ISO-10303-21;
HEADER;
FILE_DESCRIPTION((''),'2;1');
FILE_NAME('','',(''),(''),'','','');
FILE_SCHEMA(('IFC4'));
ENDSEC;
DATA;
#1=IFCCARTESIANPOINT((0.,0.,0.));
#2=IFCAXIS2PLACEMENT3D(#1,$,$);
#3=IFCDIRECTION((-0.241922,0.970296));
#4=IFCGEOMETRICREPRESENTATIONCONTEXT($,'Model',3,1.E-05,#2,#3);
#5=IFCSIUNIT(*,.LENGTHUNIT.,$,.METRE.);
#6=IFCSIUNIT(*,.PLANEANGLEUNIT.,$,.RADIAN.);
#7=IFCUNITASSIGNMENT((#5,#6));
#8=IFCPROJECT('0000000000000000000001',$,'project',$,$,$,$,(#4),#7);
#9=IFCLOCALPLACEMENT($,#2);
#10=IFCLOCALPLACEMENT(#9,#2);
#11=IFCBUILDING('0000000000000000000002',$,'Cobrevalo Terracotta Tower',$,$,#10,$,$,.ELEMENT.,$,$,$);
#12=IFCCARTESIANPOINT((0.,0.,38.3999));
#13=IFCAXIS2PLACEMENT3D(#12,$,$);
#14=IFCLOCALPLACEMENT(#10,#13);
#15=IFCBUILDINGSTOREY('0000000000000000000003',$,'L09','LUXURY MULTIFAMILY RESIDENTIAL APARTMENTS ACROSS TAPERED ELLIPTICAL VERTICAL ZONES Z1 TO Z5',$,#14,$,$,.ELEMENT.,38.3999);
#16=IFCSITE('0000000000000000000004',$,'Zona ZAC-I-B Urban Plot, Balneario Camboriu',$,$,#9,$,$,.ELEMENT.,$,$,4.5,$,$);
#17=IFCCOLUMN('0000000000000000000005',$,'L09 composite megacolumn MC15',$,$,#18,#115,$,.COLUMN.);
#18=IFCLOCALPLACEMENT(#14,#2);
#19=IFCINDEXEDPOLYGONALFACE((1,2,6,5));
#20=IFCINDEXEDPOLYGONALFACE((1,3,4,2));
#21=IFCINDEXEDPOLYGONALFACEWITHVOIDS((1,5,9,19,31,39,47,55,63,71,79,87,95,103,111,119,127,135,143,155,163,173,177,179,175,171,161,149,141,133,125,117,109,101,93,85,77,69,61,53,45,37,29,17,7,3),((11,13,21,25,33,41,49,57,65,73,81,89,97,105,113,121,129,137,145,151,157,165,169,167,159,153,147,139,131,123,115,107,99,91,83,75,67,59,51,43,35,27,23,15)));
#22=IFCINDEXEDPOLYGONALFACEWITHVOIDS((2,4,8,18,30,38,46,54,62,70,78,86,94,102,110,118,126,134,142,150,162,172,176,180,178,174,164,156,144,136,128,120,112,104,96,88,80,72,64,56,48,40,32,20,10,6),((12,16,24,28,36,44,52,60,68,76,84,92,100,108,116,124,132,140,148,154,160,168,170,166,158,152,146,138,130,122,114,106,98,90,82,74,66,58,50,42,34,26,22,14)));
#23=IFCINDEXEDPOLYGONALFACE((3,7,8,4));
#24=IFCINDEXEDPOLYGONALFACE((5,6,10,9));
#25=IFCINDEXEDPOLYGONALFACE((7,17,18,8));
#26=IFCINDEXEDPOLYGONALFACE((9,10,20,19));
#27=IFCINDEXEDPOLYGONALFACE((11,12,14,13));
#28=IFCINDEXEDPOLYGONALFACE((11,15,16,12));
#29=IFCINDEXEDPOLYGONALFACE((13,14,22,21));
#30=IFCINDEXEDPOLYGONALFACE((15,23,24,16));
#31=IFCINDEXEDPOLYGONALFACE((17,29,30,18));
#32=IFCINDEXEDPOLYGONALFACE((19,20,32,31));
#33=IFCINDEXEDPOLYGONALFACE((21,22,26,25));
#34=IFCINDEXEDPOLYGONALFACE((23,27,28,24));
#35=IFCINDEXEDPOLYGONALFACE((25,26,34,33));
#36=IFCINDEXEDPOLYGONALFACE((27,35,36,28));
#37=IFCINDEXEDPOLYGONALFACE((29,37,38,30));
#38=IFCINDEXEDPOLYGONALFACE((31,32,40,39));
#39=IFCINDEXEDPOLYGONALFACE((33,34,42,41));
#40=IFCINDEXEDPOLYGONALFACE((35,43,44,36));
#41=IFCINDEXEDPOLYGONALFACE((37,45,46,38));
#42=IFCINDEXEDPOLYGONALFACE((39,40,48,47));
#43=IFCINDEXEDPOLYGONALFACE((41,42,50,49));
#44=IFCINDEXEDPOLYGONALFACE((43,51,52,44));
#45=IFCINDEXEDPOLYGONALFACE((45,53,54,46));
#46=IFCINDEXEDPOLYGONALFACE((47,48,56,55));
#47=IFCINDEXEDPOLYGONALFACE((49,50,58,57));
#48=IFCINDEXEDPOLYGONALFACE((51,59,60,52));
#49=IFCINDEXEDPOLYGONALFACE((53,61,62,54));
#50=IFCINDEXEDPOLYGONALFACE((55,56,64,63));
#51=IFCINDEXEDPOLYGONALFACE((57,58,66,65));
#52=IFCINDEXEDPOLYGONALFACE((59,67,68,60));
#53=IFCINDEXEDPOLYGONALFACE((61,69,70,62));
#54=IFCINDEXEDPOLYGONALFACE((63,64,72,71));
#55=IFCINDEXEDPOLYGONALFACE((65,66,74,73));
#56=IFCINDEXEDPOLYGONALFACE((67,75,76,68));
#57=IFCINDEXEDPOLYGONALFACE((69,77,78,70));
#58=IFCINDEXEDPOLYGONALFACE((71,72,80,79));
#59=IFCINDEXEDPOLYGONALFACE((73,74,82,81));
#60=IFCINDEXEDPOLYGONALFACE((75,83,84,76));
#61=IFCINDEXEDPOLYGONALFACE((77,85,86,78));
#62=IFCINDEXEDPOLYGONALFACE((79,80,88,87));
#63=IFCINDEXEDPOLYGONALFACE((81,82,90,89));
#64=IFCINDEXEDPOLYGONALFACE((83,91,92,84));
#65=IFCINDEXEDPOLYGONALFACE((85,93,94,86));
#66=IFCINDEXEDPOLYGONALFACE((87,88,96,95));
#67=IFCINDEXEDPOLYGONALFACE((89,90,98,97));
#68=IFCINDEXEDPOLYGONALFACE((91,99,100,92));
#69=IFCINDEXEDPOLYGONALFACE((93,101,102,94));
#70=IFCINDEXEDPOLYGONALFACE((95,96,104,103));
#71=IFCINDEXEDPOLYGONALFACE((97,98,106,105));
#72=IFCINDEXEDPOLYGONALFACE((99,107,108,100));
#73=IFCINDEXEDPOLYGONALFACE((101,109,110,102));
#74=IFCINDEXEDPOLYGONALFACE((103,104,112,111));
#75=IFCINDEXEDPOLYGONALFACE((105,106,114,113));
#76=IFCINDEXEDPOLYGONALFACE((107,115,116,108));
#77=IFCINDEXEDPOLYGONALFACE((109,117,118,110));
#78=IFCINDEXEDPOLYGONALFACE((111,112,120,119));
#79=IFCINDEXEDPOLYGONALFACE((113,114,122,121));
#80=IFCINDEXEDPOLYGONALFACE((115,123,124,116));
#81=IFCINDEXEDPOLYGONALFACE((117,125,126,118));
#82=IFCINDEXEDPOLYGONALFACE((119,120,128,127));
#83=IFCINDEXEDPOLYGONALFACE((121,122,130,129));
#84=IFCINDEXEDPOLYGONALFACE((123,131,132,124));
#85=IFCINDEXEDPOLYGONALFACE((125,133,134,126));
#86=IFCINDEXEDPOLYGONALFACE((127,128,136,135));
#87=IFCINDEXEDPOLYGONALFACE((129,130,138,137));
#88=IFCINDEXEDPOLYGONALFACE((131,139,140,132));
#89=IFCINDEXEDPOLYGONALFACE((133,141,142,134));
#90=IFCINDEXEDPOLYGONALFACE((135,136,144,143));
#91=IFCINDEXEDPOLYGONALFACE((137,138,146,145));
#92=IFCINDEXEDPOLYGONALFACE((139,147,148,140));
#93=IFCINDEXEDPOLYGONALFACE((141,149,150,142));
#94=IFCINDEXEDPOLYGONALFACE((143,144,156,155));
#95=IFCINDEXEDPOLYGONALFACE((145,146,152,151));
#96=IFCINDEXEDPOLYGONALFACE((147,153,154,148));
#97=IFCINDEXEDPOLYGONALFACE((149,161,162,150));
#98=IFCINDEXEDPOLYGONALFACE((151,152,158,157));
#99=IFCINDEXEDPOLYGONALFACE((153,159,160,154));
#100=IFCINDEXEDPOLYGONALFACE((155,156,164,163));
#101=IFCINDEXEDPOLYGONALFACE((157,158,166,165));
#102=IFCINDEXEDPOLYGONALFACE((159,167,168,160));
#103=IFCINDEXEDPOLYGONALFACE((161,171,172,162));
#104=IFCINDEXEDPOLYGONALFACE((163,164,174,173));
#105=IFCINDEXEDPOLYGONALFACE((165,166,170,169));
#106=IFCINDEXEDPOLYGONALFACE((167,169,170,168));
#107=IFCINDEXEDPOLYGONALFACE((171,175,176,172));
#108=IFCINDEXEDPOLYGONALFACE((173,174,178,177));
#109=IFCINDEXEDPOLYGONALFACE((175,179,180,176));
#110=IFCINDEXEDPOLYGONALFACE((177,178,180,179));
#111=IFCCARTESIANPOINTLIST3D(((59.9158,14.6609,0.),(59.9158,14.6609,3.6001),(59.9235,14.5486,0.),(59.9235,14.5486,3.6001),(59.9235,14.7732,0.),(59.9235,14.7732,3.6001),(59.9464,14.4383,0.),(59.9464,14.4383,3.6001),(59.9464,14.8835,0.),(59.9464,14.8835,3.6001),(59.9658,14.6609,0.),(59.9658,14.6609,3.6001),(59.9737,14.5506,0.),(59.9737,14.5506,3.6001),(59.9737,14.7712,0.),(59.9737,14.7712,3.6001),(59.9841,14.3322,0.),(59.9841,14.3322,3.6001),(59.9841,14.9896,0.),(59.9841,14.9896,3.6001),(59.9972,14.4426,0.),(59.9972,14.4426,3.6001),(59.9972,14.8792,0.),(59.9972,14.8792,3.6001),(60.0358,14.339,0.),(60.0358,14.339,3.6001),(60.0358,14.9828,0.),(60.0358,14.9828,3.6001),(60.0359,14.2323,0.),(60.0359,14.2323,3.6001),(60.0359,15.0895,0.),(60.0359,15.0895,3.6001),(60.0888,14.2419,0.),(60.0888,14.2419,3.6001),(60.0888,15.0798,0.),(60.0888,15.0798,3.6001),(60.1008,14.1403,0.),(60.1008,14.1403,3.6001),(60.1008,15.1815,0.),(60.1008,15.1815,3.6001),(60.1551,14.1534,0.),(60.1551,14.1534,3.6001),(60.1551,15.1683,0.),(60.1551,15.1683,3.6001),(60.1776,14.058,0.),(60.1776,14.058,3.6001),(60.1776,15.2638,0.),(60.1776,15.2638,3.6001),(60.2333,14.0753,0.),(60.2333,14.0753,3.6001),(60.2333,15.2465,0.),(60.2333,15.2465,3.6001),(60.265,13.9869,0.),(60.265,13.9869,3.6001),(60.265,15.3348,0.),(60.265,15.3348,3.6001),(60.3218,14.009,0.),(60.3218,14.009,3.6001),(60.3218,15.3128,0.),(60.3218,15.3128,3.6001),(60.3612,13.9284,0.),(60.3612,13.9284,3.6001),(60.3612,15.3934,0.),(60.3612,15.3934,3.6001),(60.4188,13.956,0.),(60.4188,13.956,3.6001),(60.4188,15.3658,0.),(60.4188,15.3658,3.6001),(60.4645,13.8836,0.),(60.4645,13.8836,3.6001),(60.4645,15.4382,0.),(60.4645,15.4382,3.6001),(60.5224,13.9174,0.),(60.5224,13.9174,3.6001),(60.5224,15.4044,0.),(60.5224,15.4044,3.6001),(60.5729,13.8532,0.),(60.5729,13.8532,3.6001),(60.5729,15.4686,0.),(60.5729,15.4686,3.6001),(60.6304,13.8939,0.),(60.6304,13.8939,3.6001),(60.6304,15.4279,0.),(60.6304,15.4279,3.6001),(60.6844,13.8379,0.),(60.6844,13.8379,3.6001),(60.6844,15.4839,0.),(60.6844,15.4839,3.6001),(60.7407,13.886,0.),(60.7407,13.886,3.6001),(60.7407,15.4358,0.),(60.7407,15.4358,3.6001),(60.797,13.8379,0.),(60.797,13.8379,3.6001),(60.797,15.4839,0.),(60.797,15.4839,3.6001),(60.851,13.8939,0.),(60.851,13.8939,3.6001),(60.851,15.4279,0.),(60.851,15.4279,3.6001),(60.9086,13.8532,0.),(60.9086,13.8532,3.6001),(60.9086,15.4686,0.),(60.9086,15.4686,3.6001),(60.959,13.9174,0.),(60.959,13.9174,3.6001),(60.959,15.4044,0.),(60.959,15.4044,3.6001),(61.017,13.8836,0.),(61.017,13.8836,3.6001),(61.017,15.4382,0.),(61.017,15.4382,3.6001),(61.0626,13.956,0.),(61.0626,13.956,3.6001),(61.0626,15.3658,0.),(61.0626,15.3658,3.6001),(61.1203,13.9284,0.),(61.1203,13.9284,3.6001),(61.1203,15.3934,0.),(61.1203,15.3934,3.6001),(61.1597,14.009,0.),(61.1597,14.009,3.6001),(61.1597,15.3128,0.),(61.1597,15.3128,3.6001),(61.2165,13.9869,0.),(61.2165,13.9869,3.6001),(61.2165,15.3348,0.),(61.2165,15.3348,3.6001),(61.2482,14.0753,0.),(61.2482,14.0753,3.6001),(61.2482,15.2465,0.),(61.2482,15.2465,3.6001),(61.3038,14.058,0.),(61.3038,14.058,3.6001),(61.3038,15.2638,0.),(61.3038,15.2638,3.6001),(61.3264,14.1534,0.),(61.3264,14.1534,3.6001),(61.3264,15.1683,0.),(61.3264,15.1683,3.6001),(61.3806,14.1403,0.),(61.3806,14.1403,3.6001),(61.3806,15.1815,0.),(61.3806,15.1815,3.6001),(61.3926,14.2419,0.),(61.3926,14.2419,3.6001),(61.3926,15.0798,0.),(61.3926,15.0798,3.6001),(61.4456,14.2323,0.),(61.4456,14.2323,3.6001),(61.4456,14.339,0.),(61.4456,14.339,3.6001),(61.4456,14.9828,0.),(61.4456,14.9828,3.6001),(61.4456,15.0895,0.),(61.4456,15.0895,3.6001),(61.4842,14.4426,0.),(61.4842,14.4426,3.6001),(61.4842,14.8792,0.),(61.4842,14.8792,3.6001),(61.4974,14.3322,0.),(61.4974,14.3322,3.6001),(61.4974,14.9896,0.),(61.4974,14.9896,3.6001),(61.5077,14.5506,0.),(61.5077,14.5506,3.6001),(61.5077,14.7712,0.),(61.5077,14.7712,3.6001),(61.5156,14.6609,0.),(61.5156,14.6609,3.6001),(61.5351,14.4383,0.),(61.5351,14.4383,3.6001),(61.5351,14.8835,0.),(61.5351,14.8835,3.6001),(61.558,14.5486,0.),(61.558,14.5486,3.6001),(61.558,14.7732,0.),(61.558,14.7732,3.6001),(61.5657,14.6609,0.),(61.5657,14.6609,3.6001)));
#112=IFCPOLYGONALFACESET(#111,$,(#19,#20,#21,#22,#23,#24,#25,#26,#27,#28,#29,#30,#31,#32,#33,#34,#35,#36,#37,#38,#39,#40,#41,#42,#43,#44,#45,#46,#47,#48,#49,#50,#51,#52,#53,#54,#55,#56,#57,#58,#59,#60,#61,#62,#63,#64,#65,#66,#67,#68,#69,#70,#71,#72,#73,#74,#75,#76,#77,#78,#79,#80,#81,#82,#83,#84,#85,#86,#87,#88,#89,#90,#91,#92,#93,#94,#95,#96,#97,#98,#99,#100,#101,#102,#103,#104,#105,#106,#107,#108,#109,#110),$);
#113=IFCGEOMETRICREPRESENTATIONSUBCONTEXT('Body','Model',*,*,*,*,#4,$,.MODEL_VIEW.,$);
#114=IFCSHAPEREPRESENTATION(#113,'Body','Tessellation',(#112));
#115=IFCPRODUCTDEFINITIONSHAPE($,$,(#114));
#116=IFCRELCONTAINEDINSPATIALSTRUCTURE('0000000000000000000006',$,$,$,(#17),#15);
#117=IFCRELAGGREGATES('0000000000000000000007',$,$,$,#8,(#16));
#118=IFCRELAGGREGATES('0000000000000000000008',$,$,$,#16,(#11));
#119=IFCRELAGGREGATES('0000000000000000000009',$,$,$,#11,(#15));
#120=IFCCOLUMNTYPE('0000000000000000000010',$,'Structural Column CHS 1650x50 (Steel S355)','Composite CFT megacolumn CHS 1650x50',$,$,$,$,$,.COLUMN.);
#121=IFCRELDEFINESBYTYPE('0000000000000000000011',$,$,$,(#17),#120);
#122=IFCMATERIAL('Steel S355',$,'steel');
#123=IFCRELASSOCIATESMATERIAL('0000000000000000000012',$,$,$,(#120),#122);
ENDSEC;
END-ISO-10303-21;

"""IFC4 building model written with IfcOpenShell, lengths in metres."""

from ifc_helpers import new_model, si_unit, direction, frame, origin, origin_2d, place, context, subcontext, project, spatial, hollow_circle, extrude, material, material_profile, profile_set, type_object, element, save


model = new_model("IFC4")

# Units and contexts
model_context = context("Model", 3, precision=1e-05, world=origin(), true_north=direction((-0.241922, 0.970296)))
body_context = subcontext(model_context, "Body", "Model", "MODEL_VIEW")
ifc_project = project(units=[si_unit("LENGTHUNIT", "METRE"), si_unit("PLANEANGLEUNIT", "RADIAN")], contexts=[model_context])

# Site, building, storey
site_placement = place(None, origin())
site = spatial("IfcSite", under=ifc_project, at=site_placement, Name="Zona ZAC-I-B Urban Plot, Balneario Camboriu", CompositionType="ELEMENT", RefElevation=4.5)
building_placement = place(site_placement, origin())
building = spatial("IfcBuilding", under=site, at=building_placement, Name="Cobrevalo Terracotta Tower", CompositionType="ELEMENT")
storey_placement = place(building_placement, frame((0.0, 0.0, 38.3999)))
storey = spatial("IfcBuildingStorey", under=building, at=storey_placement, Name="L09", Description="LUXURY MULTIFAMILY RESIDENTIAL APARTMENTS ACROSS TAPERED ELLIPTICAL VERTICAL ZONES Z1 TO Z5", CompositionType="ELEMENT", Elevation=38.3999)

# Column
ifc_material_1 = material(Name="Steel S355", Category="steel")
ifc_material_profile_1 = material_profile(ifc_material_1, hollow_circle(Radius=0.825, WallThickness=0.05, at=origin_2d()), Name="CHS 1650x50")
ifc_profile_set_1 = profile_set([ifc_material_profile_1], Name="Steel S355")
column_type = type_object("IfcColumnType", Name="Structural Column CHS 1650x50 (Steel S355)", Description="Composite CFT megacolumn CHS 1650x50", PredefinedType="COLUMN", material=ifc_profile_set_1)
for number, where, z_axis, x_axis, name in (
    (1, (60.7407, 14.6609, 0.0), (0.0, 0.0, 1.0), (1.0, 0.0, 0.0), "L09 composite megacolumn MC15"),
):
    element("IfcColumn", number, at=place(storey_placement, frame(where, z_axis=z_axis, x_axis=x_axis)), inside=storey, type_object=column_type, Name=name, PredefinedType="COLUMN", context=body_context, shape_type="SweptSolid", body=[
        extrude(hollow_circle(Radius=0.825, WallThickness=0.05, at=origin_2d()), origin(), (0.0, 0.0, 1.0), 3.6001),
    ])

save(model, "model.ifc")
